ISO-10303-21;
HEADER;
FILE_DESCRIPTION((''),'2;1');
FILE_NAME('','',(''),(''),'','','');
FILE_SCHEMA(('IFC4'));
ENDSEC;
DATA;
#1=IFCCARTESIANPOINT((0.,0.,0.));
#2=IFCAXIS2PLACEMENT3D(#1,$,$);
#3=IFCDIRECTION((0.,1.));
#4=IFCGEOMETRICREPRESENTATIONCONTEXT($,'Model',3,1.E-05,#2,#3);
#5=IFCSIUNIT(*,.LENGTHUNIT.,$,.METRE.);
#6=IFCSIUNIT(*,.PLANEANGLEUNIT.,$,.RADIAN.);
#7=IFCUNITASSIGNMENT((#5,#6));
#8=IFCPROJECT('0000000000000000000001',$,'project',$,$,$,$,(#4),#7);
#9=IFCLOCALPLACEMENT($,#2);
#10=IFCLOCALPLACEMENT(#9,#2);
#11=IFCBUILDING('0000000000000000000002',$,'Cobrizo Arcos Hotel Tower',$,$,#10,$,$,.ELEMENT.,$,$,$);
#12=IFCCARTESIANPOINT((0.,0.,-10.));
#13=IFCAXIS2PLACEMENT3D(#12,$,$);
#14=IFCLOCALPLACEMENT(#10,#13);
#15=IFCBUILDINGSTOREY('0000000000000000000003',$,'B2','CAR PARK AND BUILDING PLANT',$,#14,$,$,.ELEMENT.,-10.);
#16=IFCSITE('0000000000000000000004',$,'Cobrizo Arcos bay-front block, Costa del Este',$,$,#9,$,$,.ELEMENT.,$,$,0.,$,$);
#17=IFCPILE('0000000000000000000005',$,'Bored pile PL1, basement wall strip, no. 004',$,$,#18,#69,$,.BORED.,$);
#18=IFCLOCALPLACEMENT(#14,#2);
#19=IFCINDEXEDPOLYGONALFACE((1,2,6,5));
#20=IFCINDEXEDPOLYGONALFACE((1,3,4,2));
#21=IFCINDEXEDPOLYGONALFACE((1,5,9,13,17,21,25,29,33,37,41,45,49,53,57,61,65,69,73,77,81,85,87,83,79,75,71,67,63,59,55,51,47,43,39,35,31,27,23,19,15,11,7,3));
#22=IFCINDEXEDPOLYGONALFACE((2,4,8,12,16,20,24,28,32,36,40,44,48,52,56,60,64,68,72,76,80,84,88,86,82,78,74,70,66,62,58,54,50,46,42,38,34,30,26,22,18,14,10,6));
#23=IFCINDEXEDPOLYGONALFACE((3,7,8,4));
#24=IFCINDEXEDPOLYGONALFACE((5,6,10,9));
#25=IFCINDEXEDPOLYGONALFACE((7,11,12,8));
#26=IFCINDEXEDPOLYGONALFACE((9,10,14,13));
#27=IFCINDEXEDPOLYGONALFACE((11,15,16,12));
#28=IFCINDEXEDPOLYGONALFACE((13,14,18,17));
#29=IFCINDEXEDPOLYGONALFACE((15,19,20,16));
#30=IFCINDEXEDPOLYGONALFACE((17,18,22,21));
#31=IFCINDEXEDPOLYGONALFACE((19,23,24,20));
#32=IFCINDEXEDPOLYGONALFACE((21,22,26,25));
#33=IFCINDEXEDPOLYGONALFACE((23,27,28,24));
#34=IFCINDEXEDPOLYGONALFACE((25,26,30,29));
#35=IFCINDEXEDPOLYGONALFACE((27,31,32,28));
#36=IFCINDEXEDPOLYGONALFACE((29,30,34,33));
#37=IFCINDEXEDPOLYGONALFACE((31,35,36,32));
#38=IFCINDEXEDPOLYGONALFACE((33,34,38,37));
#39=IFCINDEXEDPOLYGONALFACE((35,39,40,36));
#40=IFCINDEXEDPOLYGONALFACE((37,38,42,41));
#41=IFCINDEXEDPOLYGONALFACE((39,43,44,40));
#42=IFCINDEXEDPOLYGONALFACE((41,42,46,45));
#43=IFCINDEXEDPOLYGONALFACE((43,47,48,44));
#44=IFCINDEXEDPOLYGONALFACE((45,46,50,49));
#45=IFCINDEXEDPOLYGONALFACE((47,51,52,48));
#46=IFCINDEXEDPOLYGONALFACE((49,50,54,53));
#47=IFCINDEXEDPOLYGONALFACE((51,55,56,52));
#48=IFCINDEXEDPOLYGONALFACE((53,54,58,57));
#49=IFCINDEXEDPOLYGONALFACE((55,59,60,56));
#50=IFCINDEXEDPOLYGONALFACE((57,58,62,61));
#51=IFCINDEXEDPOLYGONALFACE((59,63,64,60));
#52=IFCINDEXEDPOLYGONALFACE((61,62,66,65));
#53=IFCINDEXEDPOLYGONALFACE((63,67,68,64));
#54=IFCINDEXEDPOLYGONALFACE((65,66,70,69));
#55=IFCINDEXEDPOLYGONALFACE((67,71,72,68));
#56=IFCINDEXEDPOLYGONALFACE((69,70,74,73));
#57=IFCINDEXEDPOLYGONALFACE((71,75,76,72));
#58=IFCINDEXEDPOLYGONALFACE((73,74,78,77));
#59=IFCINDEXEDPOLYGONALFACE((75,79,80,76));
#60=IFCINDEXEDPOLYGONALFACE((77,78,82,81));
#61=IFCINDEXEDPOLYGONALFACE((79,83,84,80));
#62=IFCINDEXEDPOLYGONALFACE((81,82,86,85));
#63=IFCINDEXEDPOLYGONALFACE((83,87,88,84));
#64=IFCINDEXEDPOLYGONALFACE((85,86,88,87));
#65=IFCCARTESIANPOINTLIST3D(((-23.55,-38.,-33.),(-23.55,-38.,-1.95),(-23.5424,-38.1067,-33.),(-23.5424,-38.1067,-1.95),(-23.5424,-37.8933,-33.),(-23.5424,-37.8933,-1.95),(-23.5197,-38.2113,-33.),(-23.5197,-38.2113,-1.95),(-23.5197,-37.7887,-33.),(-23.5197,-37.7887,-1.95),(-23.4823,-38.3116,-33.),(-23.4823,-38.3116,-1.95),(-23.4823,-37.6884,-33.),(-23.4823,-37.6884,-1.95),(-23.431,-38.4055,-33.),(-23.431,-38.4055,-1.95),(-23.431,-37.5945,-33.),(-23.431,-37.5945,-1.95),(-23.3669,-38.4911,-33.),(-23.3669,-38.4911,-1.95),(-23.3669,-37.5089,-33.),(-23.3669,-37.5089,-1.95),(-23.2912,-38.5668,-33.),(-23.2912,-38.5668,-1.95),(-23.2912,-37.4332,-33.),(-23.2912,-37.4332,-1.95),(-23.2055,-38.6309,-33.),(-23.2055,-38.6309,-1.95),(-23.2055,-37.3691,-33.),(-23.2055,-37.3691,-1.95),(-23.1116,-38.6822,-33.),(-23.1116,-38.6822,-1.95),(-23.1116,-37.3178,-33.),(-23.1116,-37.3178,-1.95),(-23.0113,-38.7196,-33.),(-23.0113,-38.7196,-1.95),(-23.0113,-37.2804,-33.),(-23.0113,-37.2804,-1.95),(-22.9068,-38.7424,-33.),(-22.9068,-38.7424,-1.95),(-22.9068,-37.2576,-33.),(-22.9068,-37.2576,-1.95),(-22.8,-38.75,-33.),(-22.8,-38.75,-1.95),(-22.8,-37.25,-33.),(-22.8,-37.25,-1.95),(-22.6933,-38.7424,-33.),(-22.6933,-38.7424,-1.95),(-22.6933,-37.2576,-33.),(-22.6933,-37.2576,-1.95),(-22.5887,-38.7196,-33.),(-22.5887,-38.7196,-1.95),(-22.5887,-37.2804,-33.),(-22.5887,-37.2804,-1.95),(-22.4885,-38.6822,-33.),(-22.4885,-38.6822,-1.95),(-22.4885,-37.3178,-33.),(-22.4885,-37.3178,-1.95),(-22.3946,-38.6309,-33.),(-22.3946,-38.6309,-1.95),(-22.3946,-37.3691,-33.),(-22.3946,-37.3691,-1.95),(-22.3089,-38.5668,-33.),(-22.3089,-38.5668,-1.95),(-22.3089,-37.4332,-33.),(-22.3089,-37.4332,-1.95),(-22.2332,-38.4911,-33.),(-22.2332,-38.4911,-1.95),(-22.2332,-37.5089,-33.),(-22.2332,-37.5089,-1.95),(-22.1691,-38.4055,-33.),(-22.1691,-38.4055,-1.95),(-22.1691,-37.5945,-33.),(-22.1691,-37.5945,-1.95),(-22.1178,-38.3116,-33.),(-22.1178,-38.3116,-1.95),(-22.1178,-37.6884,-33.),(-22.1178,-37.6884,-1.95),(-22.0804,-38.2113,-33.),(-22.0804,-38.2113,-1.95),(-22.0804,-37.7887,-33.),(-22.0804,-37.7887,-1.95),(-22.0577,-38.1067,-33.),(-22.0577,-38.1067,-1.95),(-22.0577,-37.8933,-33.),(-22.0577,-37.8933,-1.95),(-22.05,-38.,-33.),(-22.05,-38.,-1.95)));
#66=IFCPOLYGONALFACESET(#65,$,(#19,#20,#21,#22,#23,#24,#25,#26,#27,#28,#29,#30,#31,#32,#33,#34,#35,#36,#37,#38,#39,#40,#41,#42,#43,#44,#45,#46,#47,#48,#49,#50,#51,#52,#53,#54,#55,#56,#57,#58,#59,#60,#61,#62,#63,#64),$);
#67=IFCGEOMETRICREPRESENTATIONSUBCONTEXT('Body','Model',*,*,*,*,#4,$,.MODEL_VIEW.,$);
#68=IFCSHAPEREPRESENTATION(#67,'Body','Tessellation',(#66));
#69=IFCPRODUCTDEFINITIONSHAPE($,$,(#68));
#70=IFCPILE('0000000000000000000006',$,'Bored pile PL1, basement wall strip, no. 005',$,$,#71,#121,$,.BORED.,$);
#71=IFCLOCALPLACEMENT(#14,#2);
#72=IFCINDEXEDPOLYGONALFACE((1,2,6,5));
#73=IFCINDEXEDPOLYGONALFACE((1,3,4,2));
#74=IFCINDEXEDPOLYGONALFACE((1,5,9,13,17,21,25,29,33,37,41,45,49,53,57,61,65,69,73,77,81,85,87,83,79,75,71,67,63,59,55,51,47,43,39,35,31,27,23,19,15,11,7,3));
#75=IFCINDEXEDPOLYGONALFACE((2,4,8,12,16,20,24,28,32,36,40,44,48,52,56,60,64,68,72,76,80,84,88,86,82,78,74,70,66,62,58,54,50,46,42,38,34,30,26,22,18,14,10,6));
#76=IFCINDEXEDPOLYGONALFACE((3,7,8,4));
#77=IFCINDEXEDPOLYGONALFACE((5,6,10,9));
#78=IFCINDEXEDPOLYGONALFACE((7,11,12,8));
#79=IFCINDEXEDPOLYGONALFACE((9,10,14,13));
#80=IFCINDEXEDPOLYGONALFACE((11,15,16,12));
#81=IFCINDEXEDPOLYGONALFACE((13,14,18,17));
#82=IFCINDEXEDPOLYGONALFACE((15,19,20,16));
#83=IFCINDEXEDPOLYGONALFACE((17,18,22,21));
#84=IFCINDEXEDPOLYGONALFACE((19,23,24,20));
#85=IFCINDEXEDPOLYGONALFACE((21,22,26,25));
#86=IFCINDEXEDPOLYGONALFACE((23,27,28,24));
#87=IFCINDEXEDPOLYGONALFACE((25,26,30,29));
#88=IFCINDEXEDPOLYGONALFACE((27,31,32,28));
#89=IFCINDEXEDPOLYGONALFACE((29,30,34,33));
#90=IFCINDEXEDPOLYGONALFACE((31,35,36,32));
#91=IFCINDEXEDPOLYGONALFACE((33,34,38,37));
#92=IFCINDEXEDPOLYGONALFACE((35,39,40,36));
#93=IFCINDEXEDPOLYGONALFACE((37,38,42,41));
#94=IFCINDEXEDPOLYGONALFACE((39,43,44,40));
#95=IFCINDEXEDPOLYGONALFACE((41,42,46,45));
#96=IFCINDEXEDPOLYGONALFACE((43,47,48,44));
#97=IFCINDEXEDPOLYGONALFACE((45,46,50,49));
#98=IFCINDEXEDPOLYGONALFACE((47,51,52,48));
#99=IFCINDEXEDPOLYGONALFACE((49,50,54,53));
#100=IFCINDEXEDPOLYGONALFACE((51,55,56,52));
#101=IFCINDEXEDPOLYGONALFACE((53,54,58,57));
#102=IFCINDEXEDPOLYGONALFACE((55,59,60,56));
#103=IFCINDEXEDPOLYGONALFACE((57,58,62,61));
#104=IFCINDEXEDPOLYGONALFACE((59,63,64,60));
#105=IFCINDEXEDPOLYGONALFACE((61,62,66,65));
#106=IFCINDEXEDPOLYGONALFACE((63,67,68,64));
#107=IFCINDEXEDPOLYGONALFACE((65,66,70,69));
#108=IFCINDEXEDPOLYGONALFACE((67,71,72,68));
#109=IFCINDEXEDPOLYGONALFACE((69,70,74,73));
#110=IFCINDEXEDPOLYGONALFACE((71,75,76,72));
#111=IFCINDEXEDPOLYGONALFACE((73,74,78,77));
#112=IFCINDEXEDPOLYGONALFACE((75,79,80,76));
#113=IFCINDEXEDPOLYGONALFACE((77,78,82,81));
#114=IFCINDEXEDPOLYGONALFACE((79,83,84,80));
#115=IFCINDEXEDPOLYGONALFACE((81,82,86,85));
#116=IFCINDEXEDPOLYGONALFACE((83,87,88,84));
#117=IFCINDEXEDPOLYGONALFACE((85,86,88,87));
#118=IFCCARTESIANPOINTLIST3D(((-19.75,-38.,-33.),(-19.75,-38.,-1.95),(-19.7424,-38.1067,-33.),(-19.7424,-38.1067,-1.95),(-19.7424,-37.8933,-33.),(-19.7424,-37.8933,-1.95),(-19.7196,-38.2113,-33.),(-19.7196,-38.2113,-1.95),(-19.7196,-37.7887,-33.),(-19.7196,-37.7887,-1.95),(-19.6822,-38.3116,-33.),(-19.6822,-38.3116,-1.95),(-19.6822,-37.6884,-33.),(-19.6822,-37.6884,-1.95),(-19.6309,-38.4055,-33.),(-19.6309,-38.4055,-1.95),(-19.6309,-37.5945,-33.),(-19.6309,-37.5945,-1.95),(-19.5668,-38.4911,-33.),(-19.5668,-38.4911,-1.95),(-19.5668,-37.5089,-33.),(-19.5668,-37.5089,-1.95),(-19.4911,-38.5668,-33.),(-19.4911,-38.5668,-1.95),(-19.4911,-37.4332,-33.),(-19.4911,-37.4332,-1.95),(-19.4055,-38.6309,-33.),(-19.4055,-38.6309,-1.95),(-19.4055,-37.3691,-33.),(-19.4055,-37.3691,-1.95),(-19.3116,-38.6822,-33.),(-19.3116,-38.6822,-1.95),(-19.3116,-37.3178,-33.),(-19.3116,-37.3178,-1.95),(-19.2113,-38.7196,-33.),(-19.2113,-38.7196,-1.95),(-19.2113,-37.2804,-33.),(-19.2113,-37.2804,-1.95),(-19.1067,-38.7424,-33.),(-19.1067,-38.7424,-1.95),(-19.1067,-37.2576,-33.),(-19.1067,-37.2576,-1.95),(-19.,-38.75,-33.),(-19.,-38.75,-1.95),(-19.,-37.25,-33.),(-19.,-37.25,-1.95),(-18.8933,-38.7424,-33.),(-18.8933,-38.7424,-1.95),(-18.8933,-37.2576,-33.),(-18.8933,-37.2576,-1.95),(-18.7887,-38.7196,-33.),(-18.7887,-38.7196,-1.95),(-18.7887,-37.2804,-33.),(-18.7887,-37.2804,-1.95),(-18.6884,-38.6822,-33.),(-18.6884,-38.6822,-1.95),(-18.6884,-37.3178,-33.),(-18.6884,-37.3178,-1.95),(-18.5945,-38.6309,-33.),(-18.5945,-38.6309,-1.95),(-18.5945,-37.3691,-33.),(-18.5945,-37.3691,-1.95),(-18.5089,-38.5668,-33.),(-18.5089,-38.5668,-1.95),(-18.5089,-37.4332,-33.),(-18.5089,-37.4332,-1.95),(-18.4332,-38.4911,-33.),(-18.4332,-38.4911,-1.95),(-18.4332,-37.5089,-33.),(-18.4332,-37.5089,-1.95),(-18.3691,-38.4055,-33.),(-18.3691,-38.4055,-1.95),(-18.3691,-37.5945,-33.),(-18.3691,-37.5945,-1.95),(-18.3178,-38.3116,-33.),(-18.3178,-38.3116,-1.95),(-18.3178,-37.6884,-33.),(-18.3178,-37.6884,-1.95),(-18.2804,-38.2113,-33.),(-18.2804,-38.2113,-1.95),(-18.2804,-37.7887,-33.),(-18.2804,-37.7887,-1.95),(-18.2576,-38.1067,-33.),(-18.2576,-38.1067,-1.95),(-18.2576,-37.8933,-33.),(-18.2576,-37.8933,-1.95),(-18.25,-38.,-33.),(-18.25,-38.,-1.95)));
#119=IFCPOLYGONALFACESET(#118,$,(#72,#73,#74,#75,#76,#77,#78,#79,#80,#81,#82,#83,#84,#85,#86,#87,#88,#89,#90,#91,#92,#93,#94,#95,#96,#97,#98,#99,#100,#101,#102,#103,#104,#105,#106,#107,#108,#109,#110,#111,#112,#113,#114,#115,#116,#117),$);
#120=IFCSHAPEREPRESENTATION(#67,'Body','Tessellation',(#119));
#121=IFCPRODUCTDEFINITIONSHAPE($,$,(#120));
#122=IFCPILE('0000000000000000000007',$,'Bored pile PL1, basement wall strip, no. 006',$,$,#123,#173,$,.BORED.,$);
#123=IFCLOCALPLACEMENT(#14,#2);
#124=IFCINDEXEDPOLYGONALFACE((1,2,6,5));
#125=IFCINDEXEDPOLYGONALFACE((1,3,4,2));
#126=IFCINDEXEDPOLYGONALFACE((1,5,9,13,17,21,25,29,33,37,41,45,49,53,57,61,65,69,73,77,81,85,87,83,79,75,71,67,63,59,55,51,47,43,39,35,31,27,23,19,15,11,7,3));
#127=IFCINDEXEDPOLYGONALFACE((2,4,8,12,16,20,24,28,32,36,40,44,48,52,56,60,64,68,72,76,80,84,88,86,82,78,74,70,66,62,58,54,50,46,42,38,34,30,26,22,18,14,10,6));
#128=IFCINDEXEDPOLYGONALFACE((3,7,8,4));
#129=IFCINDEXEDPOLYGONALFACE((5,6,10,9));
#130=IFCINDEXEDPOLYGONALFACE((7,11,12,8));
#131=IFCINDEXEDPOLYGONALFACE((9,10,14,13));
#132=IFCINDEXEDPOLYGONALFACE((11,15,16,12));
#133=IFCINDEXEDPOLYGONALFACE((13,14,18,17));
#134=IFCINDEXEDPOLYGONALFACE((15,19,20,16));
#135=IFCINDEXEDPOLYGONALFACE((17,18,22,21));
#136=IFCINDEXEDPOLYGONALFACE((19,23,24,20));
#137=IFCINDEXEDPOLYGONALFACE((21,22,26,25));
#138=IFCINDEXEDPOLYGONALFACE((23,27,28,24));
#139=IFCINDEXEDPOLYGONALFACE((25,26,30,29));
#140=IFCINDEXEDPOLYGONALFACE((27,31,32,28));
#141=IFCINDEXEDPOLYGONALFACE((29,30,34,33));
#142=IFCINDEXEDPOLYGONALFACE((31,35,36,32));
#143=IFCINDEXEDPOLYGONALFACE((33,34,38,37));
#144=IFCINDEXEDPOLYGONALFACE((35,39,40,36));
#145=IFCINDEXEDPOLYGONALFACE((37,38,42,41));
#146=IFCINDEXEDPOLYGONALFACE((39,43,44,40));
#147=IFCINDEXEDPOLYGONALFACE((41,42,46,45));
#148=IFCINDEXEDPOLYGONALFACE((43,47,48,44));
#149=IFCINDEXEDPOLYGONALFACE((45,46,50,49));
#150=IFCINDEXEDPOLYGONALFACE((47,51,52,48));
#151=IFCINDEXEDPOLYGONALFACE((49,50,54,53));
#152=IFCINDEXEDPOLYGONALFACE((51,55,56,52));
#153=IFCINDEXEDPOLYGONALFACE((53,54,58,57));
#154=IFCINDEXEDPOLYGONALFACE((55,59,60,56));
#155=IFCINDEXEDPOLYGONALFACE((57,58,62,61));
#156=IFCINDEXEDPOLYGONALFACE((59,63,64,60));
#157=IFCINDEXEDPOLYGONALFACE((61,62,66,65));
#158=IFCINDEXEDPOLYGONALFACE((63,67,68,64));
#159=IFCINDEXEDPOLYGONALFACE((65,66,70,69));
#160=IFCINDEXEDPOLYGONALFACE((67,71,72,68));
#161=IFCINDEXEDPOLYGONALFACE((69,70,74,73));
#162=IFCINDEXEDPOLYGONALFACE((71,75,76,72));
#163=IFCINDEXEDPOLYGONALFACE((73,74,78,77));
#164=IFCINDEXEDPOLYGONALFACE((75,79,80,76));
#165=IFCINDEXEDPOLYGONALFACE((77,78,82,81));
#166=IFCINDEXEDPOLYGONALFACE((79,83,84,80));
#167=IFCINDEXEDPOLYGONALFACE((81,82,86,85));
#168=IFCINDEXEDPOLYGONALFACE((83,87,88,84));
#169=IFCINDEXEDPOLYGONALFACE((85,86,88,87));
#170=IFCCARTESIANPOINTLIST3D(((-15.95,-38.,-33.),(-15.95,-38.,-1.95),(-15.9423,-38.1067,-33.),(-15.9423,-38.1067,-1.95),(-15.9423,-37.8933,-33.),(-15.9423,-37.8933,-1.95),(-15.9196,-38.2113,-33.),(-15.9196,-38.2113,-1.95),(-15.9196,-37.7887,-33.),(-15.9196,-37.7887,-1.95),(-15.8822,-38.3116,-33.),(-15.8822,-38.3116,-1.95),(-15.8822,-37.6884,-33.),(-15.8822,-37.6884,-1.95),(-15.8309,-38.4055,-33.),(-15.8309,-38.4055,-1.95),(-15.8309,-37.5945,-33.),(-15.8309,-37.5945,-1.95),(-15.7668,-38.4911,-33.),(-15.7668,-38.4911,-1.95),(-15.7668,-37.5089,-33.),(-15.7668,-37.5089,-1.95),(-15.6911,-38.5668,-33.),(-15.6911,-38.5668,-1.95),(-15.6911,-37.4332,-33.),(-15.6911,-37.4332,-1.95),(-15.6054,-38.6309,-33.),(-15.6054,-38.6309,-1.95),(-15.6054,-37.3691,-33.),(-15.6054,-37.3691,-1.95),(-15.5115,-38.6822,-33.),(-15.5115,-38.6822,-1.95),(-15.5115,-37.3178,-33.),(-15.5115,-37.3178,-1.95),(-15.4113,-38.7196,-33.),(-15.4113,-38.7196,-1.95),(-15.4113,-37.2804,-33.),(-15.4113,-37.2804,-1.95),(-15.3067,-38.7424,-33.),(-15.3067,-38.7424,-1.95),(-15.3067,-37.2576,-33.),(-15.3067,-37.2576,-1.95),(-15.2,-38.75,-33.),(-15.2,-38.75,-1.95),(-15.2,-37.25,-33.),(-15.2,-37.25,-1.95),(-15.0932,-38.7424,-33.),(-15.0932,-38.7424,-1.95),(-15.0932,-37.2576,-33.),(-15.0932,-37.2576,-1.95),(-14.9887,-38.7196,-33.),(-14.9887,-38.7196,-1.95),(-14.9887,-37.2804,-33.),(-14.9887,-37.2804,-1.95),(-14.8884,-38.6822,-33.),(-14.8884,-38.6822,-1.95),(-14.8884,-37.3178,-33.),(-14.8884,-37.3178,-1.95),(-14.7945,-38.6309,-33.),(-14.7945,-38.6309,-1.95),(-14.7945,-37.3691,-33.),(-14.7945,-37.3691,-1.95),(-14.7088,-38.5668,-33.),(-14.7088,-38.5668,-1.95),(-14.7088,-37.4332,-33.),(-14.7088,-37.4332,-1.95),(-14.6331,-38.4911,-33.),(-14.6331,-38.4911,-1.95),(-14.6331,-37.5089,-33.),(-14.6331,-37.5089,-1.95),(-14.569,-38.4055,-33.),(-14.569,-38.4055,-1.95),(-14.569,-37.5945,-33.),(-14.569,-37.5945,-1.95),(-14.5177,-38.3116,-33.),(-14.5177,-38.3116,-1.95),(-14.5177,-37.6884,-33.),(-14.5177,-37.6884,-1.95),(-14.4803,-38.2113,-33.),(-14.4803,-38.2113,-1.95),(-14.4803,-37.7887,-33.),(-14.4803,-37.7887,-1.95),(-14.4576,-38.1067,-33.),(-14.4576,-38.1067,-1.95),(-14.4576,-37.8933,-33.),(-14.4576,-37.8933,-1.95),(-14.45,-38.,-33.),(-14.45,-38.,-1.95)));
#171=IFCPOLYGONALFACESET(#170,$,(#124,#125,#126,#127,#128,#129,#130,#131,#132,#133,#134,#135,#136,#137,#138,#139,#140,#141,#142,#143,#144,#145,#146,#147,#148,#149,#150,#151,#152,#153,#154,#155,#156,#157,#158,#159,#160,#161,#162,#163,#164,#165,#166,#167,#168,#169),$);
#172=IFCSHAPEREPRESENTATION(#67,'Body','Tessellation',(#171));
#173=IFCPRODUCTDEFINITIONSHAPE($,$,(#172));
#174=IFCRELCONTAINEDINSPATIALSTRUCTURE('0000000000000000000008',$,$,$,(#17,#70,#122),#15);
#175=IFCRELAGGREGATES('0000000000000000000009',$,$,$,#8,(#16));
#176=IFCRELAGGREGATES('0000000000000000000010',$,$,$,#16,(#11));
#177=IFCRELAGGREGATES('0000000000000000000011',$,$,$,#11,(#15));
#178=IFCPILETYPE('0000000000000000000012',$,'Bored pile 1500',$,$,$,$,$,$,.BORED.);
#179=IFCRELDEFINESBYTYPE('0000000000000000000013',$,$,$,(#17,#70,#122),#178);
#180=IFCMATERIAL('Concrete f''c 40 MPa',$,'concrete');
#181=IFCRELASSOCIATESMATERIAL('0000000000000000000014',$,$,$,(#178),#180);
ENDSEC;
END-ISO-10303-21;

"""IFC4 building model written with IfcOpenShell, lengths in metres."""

from ifc_helpers import new_model, si_unit, direction, frame, origin, origin_2d, place, context, subcontext, project, spatial, circle, extrude, material, material_profile, profile_set, type_object, element, save


model = new_model("IFC4")

# Units and contexts
model_context = context("Model", 3, precision=1e-05, world=origin(), true_north=direction((0.0, 1.0)))
body_context = subcontext(model_context, "Body", "Model", "MODEL_VIEW")
ifc_project = project(units=[si_unit("LENGTHUNIT", "METRE"), si_unit("PLANEANGLEUNIT", "RADIAN")], contexts=[model_context])

# Site, building, storey
site_placement = place(None, origin())
site = spatial("IfcSite", under=ifc_project, at=site_placement, Name="Cobrizo Arcos bay-front block, Costa del Este", CompositionType="ELEMENT", RefElevation=0.0)
building_placement = place(site_placement, origin())
building = spatial("IfcBuilding", under=site, at=building_placement, Name="Cobrizo Arcos Hotel Tower", CompositionType="ELEMENT")
storey_placement = place(building_placement, frame((0.0, 0.0, -10.0)))
storey = spatial("IfcBuildingStorey", under=building, at=storey_placement, Name="B2", Description="CAR PARK AND BUILDING PLANT", CompositionType="ELEMENT", Elevation=-10.0)

# Piles
ifc_material_1 = material(Name="Concrete f'c 40 MPa", Category="concrete")
ifc_material_profile = material_profile(ifc_material_1, circle(Radius=0.75, at=origin_2d()), Name="BORED PILE 1500")
ifc_profile_set = profile_set([ifc_material_profile], Name="Concrete f'c 40 MPa")
pile_type = type_object("IfcPileType", Name="Bored pile 1500", PredefinedType="BORED", material=ifc_profile_set)
for number, where, z_axis, x_axis, name in (
    (1, (-22.8, -38.0, -1.95), (0.0, 0.0, -1.0), (1.0, 0.0, 0.0), "Bored pile PL1, basement wall strip, no. 004"),
    (2, (-19.0, -38.0, -1.95), (0.0, 0.0, -1.0), (1.0, 0.0, 0.0), "Bored pile PL1, basement wall strip, no. 005"),
    (3, (-15.2, -38.0, -1.95), (0.0, 0.0, -1.0), (1.0, 0.0, 0.0), "Bored pile PL1, basement wall strip, no. 006"),
):
    element("IfcPile", number, at=place(storey_placement, frame(where, z_axis=z_axis, x_axis=x_axis)), inside=storey, type_object=pile_type, Name=name, PredefinedType="BORED", context=body_context, shape_type="SweptSolid", body=[
        extrude(circle(Radius=0.75, at=origin_2d()), origin(), (0.0, 0.0, 1.0), 31.05),
    ])

save(model, "model.ifc")
